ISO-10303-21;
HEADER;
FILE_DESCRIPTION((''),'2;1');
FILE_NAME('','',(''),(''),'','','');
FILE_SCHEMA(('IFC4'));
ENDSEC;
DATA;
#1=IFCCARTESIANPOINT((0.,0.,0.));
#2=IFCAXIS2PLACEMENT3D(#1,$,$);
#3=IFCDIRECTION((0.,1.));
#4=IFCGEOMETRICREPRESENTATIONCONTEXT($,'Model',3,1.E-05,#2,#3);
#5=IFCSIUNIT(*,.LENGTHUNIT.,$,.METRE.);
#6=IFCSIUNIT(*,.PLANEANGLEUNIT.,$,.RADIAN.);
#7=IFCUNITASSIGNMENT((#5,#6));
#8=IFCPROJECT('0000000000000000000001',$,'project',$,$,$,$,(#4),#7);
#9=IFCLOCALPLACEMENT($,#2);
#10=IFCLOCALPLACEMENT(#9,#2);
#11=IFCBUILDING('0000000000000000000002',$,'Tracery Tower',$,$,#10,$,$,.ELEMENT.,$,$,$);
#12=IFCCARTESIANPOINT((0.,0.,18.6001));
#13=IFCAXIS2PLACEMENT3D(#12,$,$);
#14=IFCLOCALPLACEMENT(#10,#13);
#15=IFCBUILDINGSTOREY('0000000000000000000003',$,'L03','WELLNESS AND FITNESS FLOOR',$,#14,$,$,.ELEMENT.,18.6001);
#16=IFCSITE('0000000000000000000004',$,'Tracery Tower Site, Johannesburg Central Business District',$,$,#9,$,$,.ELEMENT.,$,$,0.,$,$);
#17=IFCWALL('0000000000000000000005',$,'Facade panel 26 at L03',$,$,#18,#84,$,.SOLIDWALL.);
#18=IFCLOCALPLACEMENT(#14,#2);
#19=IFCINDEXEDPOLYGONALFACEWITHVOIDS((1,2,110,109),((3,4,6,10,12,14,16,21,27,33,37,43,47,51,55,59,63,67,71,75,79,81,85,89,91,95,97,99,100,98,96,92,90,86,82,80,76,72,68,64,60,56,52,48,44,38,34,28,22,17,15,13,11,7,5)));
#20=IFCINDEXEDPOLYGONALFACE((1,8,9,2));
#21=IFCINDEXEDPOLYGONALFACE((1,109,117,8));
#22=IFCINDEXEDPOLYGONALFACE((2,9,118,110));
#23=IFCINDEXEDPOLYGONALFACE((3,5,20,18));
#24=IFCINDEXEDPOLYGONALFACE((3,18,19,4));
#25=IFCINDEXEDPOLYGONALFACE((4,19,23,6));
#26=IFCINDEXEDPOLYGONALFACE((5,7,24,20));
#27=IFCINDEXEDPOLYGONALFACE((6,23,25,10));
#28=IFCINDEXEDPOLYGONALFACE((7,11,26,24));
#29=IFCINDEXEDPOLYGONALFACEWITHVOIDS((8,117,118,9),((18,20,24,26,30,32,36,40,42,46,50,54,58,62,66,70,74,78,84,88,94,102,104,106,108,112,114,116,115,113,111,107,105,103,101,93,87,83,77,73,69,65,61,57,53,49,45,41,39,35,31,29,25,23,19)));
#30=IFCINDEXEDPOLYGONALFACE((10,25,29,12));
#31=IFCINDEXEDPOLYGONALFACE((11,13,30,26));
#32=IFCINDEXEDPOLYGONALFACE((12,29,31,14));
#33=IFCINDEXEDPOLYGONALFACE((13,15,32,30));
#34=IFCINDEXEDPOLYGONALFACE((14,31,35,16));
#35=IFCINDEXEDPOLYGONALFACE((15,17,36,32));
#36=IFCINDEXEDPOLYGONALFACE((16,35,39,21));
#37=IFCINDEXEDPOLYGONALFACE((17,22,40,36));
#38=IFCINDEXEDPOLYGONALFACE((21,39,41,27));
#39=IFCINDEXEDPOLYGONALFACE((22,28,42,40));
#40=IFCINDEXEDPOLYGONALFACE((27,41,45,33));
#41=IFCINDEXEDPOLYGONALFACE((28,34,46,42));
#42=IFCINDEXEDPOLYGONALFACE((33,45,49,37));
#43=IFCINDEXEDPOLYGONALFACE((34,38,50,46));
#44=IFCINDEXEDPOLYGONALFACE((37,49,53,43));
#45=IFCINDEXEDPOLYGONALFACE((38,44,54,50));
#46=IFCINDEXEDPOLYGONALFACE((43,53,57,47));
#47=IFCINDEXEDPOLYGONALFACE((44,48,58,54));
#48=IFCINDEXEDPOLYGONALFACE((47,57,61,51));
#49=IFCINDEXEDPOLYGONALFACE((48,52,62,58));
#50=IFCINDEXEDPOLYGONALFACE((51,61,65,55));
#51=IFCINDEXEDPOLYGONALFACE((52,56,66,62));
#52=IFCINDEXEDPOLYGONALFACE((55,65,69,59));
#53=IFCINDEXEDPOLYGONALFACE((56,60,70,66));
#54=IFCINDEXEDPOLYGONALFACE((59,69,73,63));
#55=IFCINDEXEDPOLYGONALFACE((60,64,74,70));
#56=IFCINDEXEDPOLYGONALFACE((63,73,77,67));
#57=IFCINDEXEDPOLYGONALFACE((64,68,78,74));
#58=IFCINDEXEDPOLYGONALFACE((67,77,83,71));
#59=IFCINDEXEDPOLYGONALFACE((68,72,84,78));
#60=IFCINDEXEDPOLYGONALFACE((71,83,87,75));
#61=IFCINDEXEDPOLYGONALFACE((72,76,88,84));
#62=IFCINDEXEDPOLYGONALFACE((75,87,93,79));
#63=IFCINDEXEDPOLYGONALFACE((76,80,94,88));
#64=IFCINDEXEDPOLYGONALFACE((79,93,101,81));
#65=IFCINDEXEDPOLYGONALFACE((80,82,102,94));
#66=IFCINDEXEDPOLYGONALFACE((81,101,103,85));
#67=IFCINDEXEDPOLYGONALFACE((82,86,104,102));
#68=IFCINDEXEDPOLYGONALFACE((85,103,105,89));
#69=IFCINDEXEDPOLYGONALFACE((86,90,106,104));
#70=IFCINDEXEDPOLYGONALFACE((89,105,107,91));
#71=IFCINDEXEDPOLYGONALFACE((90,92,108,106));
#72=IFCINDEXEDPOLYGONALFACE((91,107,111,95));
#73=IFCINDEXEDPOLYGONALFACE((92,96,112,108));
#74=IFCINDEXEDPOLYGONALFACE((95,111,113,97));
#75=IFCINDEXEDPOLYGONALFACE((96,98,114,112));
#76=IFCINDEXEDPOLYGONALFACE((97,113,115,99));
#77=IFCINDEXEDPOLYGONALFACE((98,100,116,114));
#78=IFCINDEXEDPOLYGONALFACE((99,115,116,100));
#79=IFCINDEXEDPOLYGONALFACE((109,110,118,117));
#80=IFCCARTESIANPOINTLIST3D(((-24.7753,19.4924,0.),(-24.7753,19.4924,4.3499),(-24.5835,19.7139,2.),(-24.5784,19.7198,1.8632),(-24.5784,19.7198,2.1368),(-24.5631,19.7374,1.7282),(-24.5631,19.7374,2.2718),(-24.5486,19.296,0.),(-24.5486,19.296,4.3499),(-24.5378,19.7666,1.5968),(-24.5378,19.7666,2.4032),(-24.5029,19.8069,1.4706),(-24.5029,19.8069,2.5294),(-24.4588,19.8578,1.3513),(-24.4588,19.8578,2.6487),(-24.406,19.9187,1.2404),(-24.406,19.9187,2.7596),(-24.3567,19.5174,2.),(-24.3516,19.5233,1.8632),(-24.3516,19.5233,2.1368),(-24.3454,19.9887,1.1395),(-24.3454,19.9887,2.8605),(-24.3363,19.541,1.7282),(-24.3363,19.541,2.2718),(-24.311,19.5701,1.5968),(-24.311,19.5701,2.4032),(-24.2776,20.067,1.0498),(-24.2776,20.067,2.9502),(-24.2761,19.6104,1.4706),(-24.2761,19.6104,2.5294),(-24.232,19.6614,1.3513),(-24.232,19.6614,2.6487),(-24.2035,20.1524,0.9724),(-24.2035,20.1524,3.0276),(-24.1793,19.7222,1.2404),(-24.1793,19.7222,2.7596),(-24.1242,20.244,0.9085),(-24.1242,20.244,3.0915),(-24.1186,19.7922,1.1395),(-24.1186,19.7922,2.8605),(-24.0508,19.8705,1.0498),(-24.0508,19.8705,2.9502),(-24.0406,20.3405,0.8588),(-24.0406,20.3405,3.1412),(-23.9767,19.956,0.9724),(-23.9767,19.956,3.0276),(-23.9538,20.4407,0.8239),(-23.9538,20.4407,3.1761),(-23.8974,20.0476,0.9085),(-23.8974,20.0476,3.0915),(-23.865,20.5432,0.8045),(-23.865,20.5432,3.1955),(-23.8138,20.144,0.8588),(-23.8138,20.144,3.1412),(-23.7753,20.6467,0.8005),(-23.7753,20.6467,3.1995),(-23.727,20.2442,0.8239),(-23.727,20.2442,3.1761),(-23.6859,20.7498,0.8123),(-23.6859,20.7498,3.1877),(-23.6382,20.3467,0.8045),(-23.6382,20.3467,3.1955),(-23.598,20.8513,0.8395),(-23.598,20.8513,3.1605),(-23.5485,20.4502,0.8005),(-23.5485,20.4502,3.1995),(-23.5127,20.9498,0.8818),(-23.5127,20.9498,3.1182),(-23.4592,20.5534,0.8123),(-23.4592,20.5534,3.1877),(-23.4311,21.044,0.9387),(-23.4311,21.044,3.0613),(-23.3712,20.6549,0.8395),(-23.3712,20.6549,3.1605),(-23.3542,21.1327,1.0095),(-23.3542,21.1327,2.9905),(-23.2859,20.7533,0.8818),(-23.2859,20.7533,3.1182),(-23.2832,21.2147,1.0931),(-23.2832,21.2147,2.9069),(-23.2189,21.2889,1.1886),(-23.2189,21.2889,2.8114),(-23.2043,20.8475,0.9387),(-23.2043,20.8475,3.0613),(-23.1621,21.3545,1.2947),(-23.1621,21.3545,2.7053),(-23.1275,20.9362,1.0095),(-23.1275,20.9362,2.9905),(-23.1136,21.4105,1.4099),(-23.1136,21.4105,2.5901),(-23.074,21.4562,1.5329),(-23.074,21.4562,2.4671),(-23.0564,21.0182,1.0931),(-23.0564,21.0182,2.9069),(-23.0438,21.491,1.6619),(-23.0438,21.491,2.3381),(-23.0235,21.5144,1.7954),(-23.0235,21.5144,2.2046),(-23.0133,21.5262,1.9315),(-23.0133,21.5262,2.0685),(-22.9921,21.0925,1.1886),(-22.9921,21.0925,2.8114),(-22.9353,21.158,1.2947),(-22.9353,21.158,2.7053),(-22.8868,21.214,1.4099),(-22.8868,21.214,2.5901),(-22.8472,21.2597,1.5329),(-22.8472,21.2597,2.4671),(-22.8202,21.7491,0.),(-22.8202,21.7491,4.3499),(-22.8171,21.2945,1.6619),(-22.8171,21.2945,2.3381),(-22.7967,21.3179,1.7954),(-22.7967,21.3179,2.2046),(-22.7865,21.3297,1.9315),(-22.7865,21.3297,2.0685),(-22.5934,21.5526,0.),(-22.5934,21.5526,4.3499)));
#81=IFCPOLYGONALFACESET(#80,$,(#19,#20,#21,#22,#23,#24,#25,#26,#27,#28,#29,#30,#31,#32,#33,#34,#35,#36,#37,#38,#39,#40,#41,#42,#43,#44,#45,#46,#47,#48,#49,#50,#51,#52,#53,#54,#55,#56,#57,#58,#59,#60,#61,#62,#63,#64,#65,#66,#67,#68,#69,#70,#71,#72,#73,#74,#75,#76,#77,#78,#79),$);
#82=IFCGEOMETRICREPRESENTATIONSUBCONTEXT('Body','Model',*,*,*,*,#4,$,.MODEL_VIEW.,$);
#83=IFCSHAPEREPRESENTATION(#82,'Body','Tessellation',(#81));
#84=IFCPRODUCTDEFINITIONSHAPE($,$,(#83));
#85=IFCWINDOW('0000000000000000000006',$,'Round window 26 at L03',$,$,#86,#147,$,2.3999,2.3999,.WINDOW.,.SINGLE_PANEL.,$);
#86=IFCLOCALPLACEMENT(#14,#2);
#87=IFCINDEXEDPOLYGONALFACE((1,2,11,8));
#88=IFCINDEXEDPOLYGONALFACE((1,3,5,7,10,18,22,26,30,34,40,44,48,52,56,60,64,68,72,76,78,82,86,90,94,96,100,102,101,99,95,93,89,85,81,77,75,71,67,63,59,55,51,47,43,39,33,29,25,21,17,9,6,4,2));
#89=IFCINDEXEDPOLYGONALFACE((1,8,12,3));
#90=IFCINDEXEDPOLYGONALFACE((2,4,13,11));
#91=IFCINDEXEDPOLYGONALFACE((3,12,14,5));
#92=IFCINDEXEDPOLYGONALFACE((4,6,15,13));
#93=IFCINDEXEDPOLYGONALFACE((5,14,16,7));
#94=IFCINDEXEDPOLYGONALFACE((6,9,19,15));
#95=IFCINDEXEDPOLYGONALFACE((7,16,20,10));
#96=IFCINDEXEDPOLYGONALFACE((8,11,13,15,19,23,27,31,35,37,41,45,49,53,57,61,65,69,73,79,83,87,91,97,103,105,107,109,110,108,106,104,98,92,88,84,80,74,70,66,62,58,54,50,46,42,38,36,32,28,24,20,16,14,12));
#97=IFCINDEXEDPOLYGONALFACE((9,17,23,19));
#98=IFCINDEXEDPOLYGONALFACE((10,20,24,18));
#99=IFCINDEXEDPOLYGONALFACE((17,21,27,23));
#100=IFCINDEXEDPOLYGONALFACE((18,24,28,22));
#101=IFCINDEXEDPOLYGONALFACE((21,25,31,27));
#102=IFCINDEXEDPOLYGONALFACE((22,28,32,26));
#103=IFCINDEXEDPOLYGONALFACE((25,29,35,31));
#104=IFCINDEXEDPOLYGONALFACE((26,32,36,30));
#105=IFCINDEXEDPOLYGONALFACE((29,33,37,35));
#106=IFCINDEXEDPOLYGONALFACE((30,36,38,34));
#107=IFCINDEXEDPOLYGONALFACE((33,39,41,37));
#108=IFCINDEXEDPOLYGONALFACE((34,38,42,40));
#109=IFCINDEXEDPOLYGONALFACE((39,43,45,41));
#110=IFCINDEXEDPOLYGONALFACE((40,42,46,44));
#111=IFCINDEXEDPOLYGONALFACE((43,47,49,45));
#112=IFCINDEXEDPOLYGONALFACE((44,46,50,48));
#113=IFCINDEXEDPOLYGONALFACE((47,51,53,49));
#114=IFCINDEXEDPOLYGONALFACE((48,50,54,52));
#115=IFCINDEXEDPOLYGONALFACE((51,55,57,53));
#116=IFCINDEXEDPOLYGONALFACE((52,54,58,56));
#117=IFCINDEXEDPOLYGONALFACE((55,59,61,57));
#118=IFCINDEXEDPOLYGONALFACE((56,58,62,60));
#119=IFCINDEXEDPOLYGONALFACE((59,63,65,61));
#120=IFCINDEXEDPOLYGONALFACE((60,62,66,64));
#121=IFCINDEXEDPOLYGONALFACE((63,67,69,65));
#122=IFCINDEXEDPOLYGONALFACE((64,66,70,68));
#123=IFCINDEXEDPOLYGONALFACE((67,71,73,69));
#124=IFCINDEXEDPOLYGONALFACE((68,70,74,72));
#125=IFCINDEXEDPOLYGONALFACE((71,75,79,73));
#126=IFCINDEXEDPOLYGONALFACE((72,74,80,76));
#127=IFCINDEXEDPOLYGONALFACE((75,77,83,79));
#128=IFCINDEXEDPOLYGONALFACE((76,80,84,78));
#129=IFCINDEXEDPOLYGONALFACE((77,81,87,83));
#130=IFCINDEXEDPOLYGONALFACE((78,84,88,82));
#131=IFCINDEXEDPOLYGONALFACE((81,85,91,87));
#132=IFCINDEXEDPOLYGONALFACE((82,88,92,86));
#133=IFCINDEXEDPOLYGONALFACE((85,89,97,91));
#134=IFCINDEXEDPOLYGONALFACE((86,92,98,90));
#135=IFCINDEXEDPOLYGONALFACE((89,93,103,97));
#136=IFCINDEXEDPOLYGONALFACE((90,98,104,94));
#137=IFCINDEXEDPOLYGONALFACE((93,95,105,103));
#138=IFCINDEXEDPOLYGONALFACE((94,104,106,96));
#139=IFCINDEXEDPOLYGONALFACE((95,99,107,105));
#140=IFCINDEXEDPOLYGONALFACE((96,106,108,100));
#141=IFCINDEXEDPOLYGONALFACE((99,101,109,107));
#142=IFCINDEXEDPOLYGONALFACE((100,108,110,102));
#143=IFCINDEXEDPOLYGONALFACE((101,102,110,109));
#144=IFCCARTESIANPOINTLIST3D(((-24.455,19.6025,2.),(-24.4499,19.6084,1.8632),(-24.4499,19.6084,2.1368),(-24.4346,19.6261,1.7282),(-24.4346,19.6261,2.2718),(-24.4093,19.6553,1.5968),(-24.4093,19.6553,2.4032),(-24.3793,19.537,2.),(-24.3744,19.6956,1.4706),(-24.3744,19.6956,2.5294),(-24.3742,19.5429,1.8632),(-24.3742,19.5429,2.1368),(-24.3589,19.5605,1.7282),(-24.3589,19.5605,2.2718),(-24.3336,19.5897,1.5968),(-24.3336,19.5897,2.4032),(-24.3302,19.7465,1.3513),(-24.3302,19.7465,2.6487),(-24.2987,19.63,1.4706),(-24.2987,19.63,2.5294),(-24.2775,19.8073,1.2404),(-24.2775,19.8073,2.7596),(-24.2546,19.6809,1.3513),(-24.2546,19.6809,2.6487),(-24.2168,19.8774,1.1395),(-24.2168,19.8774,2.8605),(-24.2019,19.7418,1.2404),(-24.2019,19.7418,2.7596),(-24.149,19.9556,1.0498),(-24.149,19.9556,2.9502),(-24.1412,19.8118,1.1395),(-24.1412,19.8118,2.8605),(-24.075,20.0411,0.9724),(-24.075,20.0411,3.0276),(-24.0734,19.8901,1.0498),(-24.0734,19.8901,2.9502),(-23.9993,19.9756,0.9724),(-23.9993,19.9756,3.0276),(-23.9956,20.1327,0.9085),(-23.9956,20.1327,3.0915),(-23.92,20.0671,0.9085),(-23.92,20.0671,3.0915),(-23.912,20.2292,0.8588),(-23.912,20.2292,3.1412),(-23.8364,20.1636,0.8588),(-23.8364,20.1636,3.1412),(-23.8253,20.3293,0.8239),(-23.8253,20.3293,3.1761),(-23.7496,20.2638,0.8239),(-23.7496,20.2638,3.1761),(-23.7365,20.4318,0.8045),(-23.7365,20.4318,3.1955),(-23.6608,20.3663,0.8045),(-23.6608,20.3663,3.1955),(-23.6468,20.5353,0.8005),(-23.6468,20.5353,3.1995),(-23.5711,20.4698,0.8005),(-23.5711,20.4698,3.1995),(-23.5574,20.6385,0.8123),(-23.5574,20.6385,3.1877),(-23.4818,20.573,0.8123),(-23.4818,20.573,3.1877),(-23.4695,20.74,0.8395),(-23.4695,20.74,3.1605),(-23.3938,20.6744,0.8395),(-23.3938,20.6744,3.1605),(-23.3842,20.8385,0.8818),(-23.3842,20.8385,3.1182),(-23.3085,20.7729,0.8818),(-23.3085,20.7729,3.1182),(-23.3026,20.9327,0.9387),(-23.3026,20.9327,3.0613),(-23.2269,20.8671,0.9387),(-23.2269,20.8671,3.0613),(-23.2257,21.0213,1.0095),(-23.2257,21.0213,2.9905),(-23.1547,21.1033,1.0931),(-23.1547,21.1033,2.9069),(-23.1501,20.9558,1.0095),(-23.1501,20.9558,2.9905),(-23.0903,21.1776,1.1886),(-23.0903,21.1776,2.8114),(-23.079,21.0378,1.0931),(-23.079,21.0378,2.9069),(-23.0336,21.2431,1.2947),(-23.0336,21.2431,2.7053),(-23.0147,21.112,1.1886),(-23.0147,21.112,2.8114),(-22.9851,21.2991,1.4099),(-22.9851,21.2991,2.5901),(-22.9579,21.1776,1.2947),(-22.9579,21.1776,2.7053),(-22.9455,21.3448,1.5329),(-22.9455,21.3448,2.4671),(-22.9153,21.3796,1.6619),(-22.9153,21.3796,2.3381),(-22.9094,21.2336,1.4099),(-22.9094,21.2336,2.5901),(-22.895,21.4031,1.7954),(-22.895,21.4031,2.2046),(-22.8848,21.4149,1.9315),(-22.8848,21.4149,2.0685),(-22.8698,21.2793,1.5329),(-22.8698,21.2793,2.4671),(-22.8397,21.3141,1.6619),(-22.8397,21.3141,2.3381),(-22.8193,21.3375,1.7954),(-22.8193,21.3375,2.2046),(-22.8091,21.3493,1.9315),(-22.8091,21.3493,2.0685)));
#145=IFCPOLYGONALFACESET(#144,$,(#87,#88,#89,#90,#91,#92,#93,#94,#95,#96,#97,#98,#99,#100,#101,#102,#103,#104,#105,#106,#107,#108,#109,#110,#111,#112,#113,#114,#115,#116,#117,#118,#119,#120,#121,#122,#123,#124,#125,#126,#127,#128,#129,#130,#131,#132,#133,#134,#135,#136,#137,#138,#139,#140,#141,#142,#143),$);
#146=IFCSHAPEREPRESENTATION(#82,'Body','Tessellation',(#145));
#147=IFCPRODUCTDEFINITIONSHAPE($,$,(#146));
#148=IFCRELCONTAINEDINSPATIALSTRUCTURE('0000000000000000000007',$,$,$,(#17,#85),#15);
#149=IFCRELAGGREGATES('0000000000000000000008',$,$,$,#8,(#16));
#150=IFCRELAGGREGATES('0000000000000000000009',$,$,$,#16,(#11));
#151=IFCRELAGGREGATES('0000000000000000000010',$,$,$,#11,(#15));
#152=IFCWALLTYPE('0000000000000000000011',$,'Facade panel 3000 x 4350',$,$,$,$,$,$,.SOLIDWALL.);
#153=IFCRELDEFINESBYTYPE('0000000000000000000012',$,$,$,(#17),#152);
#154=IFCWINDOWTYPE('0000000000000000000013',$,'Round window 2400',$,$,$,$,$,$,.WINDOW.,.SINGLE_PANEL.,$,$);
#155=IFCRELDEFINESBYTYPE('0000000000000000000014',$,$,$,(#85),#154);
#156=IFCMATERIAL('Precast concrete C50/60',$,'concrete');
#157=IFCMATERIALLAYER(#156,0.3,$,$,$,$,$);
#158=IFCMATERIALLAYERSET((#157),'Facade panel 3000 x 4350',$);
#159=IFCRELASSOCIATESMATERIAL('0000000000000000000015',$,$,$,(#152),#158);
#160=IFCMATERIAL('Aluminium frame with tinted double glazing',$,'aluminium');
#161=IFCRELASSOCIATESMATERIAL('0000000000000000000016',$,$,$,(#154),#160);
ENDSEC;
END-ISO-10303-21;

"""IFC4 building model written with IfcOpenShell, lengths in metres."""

from ifc_helpers import new_model, si_unit, direction, frame, frame_2d, origin, origin_2d, place, context, subcontext, project, spatial, rectangle, circle, extrude, material, layer, layer_set, type_object, element, fill, save


model = new_model("IFC4")

# Units and contexts
model_context = context("Model", 3, precision=1e-05, world=origin(), true_north=direction((0.0, 1.0)))
body_context = subcontext(model_context, "Body", "Model", "MODEL_VIEW")
ifc_project = project(units=[si_unit("LENGTHUNIT", "METRE"), si_unit("PLANEANGLEUNIT", "RADIAN")], contexts=[model_context])

# Site, building, storey
site_placement = place(None, origin())
site = spatial("IfcSite", under=ifc_project, at=site_placement, Name="Tracery Tower Site, Johannesburg Central Business District", CompositionType="ELEMENT", RefElevation=0.0)
building_placement = place(site_placement, origin())
building = spatial("IfcBuilding", under=site, at=building_placement, Name="Tracery Tower", CompositionType="ELEMENT")
storey_placement = place(building_placement, frame((0.0, 0.0, 18.6001)))
storey = spatial("IfcBuildingStorey", under=building, at=storey_placement, Name="L03", Description="WELLNESS AND FITNESS FLOOR", CompositionType="ELEMENT", Elevation=18.6001)

# Wall, opening, window
ifc_material_1 = material(Name="Precast concrete C50/60", Category="concrete")
ifc_layer_1 = layer(ifc_material_1, 0.3)
ifc_layer_set_1 = layer_set([ifc_layer_1], Name="Facade panel 3000 x 4350")
wall_type_1 = type_object("IfcWallType", Name="Facade panel 3000 x 4350", PredefinedType="SOLIDWALL", material=ifc_layer_set_1)
ifc_material_2 = material(Name="Aluminium frame with tinted double glazing", Category="aluminium")
window_type = type_object("IfcWindowType", Name="Round window 2400", PartitioningType="SINGLE_PANEL", PredefinedType="WINDOW", material=ifc_material_2)
wall_1_placement = place(storey_placement, frame((-22.7068, 21.6509, 0.0), z_axis=(0.0, 0.0, 1.0), x_axis=(-0.654809, -0.755794, 0.0)))
wall_1 = element("IfcWall", 1, at=wall_1_placement, inside=storey, type_object=wall_type_1, Name="Facade panel 26 at L03", PredefinedType="SOLIDWALL", context=body_context, shape_type="SweptSolid", body=[
    extrude(rectangle(XDim=2.9858, YDim=0.3, at=frame_2d((1.4929, 0.0))), origin(), (0.0, 0.0, 1.0), 4.3499),
])
opening_1_placement = place(wall_1_placement, frame((1.4929, 0.0, 2.0)))
opening_1 = element("IfcOpeningElement", 2, at=opening_1_placement, cuts=wall_1, PredefinedType="OPENING", context=body_context, shape_type="SweptSolid", body=[
    extrude(circle(Radius=1.2, at=origin_2d()), frame((0.0, 0.1599, 0.0), z_axis=(0.0, -1.0, 0.0), x_axis=(1.0, 0.0, 0.0)), (0.0, 0.0, 1.0), 0.3201),
])
window_1_placement = place(opening_1_placement, origin())
window_1 = element("IfcWindow", 3, at=window_1_placement, inside=storey, type_object=window_type, Name="Round window 26 at L03", OverallHeight=2.3999, OverallWidth=2.3999, PartitioningType="SINGLE_PANEL", PredefinedType="WINDOW", context=body_context, shape_type="SweptSolid", body=[
    extrude(circle(Radius=1.2, at=origin_2d()), frame((0.0, 0.1201, 0.0), z_axis=(0.0, -1.0, 0.0), x_axis=(1.0, 0.0, 0.0)), (0.0, 0.0, 1.0), 0.1001),
])
fill(opening_1, window_1)

save(model, "model.ifc")
